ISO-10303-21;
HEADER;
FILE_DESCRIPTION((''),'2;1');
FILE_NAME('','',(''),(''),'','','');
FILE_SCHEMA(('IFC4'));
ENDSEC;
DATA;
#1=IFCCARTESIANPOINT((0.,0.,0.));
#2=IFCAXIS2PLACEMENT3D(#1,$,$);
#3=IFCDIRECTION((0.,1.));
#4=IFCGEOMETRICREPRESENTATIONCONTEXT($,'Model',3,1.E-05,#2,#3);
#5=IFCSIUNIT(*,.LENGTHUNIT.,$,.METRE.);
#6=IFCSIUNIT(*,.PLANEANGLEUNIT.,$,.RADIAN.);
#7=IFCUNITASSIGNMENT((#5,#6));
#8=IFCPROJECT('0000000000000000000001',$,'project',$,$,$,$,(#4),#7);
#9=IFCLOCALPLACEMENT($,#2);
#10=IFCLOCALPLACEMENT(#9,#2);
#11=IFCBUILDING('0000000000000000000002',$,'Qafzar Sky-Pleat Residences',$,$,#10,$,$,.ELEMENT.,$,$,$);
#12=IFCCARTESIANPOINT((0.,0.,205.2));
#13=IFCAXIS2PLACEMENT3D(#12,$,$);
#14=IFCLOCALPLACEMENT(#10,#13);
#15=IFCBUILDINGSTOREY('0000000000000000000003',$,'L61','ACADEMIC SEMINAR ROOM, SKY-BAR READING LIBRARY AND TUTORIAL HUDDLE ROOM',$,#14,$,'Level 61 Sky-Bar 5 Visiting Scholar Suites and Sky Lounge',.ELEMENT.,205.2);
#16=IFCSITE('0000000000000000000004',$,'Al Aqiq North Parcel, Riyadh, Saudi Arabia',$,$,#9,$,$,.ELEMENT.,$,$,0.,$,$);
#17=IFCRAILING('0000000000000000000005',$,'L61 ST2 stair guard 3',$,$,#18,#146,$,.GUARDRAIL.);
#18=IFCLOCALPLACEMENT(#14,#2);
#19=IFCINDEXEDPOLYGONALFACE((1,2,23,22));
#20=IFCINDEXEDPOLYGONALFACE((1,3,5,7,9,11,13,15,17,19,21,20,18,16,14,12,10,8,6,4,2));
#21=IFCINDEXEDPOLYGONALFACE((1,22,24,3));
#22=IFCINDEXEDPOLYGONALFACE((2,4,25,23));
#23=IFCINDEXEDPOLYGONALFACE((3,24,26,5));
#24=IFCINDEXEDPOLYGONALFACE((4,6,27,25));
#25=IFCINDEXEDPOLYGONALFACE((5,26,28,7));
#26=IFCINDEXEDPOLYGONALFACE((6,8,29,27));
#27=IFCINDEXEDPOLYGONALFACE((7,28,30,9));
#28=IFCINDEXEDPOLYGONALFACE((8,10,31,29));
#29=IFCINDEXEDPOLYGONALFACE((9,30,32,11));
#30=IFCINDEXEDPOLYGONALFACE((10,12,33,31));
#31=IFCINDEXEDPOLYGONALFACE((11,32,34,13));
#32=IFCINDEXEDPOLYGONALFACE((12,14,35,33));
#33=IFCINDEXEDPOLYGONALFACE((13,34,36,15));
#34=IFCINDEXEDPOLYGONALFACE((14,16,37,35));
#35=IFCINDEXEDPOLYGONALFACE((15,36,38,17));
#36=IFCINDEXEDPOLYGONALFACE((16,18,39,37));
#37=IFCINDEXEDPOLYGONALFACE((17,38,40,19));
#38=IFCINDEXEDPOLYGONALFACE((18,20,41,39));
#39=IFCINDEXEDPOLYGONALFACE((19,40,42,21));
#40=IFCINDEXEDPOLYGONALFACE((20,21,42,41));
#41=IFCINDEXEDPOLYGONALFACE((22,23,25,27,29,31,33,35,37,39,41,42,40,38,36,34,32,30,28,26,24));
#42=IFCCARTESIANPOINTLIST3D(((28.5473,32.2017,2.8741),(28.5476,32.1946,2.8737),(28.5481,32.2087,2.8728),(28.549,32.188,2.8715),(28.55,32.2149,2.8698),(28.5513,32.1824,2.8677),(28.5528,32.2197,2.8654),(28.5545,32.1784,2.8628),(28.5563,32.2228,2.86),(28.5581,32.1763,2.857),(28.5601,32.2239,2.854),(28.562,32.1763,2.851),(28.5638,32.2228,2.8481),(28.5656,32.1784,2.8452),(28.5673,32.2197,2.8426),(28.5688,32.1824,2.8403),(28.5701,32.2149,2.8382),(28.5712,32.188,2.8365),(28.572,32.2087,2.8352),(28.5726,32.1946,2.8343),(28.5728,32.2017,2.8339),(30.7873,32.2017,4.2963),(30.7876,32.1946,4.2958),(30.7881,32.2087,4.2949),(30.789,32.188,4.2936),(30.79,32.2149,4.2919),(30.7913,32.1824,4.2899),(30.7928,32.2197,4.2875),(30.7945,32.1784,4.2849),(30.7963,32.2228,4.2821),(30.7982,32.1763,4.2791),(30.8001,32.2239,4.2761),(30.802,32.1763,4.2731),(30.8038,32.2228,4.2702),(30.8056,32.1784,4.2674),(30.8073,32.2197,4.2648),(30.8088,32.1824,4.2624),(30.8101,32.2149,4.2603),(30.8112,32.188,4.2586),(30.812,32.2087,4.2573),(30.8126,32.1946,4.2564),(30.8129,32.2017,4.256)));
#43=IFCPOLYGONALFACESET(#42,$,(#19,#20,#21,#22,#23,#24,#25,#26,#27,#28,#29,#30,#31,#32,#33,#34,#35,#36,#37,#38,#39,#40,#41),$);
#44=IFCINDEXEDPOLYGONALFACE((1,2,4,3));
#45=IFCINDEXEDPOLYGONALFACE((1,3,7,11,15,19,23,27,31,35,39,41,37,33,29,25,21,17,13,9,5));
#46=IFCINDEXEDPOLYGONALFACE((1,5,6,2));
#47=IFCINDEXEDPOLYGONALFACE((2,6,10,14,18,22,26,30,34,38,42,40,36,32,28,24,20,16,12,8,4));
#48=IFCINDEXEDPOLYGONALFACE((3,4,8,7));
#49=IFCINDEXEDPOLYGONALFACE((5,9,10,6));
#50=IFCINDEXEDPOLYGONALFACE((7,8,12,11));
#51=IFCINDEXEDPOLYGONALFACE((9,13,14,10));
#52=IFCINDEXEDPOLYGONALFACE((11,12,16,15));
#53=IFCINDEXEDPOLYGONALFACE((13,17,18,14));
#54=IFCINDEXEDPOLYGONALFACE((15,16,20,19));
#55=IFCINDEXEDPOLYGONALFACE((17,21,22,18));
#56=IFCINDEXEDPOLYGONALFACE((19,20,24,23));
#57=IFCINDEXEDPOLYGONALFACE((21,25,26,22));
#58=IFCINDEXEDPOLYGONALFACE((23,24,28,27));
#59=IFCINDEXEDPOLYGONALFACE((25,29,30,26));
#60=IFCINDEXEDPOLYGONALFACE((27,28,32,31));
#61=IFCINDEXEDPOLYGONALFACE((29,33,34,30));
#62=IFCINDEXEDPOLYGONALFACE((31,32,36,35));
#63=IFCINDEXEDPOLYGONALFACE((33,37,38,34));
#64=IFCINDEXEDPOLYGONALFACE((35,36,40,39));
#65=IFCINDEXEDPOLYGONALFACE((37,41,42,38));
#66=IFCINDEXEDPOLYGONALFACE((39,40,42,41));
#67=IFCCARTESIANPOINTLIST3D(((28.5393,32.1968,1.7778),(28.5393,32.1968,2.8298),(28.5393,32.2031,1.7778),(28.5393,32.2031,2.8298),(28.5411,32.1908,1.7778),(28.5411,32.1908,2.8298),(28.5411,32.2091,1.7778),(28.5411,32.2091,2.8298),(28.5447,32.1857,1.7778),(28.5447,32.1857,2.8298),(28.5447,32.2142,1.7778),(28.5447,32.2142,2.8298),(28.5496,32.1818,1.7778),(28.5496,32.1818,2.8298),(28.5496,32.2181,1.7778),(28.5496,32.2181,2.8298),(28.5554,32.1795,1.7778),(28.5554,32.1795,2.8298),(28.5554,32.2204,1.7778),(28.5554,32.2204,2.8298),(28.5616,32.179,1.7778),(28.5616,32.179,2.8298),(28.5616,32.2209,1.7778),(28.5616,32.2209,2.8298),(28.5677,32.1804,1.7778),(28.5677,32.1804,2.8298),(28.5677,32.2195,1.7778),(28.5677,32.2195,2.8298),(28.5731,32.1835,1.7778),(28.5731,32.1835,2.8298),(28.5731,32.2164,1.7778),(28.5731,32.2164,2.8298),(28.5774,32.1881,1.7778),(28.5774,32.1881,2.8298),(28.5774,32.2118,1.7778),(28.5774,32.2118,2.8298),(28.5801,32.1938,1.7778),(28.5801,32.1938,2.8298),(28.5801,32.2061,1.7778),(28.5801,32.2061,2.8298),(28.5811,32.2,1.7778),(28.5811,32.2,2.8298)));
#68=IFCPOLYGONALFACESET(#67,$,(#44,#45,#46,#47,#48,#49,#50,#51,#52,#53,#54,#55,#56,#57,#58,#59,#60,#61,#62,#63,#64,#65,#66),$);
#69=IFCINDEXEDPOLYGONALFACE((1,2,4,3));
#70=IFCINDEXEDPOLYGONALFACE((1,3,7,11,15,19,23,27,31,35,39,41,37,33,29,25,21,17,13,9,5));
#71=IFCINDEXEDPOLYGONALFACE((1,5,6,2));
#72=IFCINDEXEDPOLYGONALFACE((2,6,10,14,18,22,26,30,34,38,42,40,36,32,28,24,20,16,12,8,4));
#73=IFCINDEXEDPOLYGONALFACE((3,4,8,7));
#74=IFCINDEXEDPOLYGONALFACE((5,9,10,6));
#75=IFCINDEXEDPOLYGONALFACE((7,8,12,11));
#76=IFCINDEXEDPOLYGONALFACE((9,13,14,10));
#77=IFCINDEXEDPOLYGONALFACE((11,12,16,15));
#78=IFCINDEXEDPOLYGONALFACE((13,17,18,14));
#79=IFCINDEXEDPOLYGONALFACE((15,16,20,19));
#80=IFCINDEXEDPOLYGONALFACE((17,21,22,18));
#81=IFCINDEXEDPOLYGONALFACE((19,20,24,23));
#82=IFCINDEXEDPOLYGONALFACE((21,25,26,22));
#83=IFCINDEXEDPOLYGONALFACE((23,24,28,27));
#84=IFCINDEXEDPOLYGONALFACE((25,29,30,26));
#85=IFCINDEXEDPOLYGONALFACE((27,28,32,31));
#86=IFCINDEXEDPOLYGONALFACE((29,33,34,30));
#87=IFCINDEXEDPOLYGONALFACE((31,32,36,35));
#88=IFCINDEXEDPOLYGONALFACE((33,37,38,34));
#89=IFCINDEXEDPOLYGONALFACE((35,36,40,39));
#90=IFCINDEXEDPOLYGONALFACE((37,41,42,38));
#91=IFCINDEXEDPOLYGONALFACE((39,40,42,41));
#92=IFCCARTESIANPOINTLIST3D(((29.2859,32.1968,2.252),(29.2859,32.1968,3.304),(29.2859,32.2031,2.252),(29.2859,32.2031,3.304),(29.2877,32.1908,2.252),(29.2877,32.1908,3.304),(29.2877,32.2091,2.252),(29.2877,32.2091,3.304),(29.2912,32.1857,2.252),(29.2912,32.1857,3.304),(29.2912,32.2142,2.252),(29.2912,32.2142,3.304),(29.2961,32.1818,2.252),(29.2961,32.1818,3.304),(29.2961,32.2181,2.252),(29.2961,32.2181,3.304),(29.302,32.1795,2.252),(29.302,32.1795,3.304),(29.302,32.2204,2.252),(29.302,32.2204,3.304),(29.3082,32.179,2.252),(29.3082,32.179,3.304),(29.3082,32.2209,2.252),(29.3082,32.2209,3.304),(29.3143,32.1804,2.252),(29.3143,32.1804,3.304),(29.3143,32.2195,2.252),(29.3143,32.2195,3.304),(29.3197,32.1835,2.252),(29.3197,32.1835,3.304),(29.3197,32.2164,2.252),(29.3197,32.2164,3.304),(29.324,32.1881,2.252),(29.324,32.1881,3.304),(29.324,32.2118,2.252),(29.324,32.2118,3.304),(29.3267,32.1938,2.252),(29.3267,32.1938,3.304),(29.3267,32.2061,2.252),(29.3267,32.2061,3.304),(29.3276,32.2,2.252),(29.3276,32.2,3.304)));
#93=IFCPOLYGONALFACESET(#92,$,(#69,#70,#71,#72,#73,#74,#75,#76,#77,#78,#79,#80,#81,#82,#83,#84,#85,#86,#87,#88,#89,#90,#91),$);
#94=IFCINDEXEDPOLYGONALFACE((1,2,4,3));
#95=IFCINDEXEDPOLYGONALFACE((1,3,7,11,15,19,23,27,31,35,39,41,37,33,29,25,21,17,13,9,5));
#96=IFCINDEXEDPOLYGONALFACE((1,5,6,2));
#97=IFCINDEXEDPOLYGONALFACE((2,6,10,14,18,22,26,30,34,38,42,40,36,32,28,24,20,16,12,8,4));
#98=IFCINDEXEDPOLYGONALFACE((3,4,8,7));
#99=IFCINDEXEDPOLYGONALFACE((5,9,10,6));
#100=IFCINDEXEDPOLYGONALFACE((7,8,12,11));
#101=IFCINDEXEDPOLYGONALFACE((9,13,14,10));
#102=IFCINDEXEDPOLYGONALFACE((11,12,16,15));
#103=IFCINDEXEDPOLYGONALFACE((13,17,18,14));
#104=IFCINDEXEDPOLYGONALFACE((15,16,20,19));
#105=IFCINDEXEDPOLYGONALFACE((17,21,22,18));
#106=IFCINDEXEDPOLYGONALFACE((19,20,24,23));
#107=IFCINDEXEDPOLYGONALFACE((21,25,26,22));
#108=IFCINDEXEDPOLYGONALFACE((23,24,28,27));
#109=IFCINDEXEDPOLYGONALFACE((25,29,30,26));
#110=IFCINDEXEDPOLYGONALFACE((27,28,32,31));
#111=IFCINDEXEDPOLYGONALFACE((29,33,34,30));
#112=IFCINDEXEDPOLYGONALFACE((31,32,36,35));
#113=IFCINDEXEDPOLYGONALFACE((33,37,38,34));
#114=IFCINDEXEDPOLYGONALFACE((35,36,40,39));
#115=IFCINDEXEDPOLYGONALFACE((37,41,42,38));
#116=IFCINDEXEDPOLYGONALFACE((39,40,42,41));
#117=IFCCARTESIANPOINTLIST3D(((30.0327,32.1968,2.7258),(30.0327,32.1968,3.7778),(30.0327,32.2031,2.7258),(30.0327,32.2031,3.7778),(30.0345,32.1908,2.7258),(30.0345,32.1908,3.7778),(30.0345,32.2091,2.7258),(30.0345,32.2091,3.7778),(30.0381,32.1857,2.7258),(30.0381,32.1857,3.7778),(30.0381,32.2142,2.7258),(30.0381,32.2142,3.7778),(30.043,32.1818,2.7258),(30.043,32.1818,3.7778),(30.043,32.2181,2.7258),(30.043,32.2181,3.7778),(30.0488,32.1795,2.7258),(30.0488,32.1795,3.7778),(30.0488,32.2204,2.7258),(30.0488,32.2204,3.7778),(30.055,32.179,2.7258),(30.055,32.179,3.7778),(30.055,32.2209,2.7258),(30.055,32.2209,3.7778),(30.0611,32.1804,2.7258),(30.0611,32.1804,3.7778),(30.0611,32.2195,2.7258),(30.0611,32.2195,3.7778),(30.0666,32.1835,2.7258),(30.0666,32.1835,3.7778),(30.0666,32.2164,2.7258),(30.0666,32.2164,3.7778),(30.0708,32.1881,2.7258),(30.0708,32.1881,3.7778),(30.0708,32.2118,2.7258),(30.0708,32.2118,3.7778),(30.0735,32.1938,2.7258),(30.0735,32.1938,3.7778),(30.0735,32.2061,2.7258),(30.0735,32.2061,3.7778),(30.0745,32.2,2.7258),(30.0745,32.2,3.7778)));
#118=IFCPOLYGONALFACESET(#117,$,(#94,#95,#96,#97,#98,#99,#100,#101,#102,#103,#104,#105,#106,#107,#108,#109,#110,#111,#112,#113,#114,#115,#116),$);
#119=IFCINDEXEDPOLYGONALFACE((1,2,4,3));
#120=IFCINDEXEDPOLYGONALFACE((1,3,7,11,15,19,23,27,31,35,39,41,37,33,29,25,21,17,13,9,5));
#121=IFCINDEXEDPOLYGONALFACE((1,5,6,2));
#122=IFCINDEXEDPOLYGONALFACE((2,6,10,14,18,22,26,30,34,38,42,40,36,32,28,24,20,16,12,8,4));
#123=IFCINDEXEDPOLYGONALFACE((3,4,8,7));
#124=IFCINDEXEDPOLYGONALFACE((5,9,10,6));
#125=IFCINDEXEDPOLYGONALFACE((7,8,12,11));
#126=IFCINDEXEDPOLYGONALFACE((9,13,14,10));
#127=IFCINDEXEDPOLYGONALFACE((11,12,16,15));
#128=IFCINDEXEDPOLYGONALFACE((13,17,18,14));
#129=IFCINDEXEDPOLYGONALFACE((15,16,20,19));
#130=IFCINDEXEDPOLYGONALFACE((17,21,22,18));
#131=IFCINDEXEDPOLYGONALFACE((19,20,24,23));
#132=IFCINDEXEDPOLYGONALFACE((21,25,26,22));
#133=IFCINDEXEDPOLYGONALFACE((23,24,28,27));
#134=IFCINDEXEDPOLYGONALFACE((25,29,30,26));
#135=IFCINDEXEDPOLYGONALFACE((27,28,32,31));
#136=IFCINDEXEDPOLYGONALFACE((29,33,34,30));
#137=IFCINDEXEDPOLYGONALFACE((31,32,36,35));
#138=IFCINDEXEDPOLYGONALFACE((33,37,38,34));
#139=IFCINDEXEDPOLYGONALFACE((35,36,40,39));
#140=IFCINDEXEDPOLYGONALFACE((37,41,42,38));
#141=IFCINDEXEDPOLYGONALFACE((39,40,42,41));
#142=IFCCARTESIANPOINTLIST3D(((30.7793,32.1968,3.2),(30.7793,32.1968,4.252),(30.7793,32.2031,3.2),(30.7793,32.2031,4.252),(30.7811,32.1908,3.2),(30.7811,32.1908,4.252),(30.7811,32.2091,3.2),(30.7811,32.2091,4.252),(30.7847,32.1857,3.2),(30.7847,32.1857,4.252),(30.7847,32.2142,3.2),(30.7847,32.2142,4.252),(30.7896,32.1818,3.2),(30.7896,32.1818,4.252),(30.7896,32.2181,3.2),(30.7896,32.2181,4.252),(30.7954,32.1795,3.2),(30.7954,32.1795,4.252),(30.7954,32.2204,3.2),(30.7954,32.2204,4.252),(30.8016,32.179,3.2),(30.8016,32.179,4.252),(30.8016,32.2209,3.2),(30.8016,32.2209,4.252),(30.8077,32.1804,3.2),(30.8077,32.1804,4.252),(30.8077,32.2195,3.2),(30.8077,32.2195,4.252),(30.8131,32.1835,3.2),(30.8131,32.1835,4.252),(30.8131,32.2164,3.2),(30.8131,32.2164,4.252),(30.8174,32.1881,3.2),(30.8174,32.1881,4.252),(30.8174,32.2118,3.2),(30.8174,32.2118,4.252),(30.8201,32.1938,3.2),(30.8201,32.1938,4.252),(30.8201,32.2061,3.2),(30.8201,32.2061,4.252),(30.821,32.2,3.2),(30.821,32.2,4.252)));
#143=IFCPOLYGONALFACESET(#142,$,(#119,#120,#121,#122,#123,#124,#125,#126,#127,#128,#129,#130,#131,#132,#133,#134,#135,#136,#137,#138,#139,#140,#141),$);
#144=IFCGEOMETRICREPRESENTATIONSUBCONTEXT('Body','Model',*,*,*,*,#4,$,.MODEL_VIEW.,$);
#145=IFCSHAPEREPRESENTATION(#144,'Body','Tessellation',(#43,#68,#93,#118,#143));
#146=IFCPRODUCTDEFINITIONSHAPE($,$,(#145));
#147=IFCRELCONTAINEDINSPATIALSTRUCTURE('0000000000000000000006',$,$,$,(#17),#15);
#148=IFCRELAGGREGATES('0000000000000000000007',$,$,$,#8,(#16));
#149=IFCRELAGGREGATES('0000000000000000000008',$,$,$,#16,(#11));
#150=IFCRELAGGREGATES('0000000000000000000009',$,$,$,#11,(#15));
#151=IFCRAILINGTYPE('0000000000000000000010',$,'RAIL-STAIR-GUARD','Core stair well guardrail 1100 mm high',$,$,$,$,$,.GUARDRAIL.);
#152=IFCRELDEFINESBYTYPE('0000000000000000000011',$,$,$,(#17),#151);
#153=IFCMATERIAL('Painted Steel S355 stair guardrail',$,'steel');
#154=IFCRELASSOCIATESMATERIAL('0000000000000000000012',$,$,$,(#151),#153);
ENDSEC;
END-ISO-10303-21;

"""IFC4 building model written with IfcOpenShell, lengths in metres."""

from ifc_helpers import new_model, si_unit, direction, frame, origin, origin_2d, place, context, subcontext, project, spatial, circle, extrude, source, transform, mapped, material, type_object, element, save


model = new_model("IFC4")

# Units and contexts
model_context = context("Model", 3, precision=1e-05, world=origin(), true_north=direction((0.0, 1.0)))
body_context = subcontext(model_context, "Body", "Model", "MODEL_VIEW")
ifc_project = project(units=[si_unit("LENGTHUNIT", "METRE"), si_unit("PLANEANGLEUNIT", "RADIAN")], contexts=[model_context])

# Site, building, storey
site_placement = place(None, origin())
site = spatial("IfcSite", under=ifc_project, at=site_placement, Name="Al Aqiq North Parcel, Riyadh, Saudi Arabia", CompositionType="ELEMENT", RefElevation=0.0)
building_placement = place(site_placement, origin())
building = spatial("IfcBuilding", under=site, at=building_placement, Name="Qafzar Sky-Pleat Residences", CompositionType="ELEMENT")
storey_placement = place(building_placement, frame((0.0, 0.0, 205.2)))
storey = spatial("IfcBuildingStorey", under=building, at=storey_placement, Name="L61", Description="ACADEMIC SEMINAR ROOM, SKY-BAR READING LIBRARY AND TUTORIAL HUDDLE ROOM", LongName="Level 61 Sky-Bar 5 Visiting Scholar Suites and Sky Lounge", CompositionType="ELEMENT", Elevation=205.2)

# Railing
ifc_material_1 = material(Name="Painted Steel S355 stair guardrail", Category="steel")
railing_type_1 = type_object("IfcRailingType", Name="RAIL-STAIR-GUARD", Description="Core stair well guardrail 1100 mm high", PredefinedType="GUARDRAIL", material=ifc_material_1)
shared_shape_1 = source(origin(), body_context, "Body", "SweptSolid", [
    extrude(circle(Radius=0.0239, at=origin_2d()), frame((0.0, 0.0, 1.0762), z_axis=(0.844229, 0.0, 0.535982), x_axis=(0.0, 1.0, 0.0)), (0.0, 0.0, 1.0), 2.6533),
    extrude(circle(Radius=0.021, at=origin_2d()), origin(), (0.0, 0.0, 1.0), 1.052),
    extrude(circle(Radius=0.021, at=origin_2d()), frame((0.7466, 0.0, 0.4741)), (0.0, 0.0, 1.0), 1.052),
    extrude(circle(Radius=0.021, at=origin_2d()), frame((1.4934, 0.0, 0.948)), (0.0, 0.0, 1.0), 1.052),
    extrude(circle(Radius=0.021, at=origin_2d()), frame((2.24, 0.0, 1.4221)), (0.0, 0.0, 1.0), 1.052),
])
railing_1_placement = place(storey_placement, frame((28.5601, 32.2, 1.7778)))
element("IfcRailing", 1, at=railing_1_placement, inside=storey, type_object=railing_type_1, Name="L61 ST2 stair guard 3", PredefinedType="GUARDRAIL", context=body_context, shape_type="MappedRepresentation", body=[
    mapped(shared_shape_1, transform((0.0, 0.0, 0.0), x_axis=(1.0, 0.0, 0.0), y_axis=(0.0, 1.0, 0.0), z_axis=(0.0, 0.0, 1.0), scale=1.0)),
])

save(model, "model.ifc")
